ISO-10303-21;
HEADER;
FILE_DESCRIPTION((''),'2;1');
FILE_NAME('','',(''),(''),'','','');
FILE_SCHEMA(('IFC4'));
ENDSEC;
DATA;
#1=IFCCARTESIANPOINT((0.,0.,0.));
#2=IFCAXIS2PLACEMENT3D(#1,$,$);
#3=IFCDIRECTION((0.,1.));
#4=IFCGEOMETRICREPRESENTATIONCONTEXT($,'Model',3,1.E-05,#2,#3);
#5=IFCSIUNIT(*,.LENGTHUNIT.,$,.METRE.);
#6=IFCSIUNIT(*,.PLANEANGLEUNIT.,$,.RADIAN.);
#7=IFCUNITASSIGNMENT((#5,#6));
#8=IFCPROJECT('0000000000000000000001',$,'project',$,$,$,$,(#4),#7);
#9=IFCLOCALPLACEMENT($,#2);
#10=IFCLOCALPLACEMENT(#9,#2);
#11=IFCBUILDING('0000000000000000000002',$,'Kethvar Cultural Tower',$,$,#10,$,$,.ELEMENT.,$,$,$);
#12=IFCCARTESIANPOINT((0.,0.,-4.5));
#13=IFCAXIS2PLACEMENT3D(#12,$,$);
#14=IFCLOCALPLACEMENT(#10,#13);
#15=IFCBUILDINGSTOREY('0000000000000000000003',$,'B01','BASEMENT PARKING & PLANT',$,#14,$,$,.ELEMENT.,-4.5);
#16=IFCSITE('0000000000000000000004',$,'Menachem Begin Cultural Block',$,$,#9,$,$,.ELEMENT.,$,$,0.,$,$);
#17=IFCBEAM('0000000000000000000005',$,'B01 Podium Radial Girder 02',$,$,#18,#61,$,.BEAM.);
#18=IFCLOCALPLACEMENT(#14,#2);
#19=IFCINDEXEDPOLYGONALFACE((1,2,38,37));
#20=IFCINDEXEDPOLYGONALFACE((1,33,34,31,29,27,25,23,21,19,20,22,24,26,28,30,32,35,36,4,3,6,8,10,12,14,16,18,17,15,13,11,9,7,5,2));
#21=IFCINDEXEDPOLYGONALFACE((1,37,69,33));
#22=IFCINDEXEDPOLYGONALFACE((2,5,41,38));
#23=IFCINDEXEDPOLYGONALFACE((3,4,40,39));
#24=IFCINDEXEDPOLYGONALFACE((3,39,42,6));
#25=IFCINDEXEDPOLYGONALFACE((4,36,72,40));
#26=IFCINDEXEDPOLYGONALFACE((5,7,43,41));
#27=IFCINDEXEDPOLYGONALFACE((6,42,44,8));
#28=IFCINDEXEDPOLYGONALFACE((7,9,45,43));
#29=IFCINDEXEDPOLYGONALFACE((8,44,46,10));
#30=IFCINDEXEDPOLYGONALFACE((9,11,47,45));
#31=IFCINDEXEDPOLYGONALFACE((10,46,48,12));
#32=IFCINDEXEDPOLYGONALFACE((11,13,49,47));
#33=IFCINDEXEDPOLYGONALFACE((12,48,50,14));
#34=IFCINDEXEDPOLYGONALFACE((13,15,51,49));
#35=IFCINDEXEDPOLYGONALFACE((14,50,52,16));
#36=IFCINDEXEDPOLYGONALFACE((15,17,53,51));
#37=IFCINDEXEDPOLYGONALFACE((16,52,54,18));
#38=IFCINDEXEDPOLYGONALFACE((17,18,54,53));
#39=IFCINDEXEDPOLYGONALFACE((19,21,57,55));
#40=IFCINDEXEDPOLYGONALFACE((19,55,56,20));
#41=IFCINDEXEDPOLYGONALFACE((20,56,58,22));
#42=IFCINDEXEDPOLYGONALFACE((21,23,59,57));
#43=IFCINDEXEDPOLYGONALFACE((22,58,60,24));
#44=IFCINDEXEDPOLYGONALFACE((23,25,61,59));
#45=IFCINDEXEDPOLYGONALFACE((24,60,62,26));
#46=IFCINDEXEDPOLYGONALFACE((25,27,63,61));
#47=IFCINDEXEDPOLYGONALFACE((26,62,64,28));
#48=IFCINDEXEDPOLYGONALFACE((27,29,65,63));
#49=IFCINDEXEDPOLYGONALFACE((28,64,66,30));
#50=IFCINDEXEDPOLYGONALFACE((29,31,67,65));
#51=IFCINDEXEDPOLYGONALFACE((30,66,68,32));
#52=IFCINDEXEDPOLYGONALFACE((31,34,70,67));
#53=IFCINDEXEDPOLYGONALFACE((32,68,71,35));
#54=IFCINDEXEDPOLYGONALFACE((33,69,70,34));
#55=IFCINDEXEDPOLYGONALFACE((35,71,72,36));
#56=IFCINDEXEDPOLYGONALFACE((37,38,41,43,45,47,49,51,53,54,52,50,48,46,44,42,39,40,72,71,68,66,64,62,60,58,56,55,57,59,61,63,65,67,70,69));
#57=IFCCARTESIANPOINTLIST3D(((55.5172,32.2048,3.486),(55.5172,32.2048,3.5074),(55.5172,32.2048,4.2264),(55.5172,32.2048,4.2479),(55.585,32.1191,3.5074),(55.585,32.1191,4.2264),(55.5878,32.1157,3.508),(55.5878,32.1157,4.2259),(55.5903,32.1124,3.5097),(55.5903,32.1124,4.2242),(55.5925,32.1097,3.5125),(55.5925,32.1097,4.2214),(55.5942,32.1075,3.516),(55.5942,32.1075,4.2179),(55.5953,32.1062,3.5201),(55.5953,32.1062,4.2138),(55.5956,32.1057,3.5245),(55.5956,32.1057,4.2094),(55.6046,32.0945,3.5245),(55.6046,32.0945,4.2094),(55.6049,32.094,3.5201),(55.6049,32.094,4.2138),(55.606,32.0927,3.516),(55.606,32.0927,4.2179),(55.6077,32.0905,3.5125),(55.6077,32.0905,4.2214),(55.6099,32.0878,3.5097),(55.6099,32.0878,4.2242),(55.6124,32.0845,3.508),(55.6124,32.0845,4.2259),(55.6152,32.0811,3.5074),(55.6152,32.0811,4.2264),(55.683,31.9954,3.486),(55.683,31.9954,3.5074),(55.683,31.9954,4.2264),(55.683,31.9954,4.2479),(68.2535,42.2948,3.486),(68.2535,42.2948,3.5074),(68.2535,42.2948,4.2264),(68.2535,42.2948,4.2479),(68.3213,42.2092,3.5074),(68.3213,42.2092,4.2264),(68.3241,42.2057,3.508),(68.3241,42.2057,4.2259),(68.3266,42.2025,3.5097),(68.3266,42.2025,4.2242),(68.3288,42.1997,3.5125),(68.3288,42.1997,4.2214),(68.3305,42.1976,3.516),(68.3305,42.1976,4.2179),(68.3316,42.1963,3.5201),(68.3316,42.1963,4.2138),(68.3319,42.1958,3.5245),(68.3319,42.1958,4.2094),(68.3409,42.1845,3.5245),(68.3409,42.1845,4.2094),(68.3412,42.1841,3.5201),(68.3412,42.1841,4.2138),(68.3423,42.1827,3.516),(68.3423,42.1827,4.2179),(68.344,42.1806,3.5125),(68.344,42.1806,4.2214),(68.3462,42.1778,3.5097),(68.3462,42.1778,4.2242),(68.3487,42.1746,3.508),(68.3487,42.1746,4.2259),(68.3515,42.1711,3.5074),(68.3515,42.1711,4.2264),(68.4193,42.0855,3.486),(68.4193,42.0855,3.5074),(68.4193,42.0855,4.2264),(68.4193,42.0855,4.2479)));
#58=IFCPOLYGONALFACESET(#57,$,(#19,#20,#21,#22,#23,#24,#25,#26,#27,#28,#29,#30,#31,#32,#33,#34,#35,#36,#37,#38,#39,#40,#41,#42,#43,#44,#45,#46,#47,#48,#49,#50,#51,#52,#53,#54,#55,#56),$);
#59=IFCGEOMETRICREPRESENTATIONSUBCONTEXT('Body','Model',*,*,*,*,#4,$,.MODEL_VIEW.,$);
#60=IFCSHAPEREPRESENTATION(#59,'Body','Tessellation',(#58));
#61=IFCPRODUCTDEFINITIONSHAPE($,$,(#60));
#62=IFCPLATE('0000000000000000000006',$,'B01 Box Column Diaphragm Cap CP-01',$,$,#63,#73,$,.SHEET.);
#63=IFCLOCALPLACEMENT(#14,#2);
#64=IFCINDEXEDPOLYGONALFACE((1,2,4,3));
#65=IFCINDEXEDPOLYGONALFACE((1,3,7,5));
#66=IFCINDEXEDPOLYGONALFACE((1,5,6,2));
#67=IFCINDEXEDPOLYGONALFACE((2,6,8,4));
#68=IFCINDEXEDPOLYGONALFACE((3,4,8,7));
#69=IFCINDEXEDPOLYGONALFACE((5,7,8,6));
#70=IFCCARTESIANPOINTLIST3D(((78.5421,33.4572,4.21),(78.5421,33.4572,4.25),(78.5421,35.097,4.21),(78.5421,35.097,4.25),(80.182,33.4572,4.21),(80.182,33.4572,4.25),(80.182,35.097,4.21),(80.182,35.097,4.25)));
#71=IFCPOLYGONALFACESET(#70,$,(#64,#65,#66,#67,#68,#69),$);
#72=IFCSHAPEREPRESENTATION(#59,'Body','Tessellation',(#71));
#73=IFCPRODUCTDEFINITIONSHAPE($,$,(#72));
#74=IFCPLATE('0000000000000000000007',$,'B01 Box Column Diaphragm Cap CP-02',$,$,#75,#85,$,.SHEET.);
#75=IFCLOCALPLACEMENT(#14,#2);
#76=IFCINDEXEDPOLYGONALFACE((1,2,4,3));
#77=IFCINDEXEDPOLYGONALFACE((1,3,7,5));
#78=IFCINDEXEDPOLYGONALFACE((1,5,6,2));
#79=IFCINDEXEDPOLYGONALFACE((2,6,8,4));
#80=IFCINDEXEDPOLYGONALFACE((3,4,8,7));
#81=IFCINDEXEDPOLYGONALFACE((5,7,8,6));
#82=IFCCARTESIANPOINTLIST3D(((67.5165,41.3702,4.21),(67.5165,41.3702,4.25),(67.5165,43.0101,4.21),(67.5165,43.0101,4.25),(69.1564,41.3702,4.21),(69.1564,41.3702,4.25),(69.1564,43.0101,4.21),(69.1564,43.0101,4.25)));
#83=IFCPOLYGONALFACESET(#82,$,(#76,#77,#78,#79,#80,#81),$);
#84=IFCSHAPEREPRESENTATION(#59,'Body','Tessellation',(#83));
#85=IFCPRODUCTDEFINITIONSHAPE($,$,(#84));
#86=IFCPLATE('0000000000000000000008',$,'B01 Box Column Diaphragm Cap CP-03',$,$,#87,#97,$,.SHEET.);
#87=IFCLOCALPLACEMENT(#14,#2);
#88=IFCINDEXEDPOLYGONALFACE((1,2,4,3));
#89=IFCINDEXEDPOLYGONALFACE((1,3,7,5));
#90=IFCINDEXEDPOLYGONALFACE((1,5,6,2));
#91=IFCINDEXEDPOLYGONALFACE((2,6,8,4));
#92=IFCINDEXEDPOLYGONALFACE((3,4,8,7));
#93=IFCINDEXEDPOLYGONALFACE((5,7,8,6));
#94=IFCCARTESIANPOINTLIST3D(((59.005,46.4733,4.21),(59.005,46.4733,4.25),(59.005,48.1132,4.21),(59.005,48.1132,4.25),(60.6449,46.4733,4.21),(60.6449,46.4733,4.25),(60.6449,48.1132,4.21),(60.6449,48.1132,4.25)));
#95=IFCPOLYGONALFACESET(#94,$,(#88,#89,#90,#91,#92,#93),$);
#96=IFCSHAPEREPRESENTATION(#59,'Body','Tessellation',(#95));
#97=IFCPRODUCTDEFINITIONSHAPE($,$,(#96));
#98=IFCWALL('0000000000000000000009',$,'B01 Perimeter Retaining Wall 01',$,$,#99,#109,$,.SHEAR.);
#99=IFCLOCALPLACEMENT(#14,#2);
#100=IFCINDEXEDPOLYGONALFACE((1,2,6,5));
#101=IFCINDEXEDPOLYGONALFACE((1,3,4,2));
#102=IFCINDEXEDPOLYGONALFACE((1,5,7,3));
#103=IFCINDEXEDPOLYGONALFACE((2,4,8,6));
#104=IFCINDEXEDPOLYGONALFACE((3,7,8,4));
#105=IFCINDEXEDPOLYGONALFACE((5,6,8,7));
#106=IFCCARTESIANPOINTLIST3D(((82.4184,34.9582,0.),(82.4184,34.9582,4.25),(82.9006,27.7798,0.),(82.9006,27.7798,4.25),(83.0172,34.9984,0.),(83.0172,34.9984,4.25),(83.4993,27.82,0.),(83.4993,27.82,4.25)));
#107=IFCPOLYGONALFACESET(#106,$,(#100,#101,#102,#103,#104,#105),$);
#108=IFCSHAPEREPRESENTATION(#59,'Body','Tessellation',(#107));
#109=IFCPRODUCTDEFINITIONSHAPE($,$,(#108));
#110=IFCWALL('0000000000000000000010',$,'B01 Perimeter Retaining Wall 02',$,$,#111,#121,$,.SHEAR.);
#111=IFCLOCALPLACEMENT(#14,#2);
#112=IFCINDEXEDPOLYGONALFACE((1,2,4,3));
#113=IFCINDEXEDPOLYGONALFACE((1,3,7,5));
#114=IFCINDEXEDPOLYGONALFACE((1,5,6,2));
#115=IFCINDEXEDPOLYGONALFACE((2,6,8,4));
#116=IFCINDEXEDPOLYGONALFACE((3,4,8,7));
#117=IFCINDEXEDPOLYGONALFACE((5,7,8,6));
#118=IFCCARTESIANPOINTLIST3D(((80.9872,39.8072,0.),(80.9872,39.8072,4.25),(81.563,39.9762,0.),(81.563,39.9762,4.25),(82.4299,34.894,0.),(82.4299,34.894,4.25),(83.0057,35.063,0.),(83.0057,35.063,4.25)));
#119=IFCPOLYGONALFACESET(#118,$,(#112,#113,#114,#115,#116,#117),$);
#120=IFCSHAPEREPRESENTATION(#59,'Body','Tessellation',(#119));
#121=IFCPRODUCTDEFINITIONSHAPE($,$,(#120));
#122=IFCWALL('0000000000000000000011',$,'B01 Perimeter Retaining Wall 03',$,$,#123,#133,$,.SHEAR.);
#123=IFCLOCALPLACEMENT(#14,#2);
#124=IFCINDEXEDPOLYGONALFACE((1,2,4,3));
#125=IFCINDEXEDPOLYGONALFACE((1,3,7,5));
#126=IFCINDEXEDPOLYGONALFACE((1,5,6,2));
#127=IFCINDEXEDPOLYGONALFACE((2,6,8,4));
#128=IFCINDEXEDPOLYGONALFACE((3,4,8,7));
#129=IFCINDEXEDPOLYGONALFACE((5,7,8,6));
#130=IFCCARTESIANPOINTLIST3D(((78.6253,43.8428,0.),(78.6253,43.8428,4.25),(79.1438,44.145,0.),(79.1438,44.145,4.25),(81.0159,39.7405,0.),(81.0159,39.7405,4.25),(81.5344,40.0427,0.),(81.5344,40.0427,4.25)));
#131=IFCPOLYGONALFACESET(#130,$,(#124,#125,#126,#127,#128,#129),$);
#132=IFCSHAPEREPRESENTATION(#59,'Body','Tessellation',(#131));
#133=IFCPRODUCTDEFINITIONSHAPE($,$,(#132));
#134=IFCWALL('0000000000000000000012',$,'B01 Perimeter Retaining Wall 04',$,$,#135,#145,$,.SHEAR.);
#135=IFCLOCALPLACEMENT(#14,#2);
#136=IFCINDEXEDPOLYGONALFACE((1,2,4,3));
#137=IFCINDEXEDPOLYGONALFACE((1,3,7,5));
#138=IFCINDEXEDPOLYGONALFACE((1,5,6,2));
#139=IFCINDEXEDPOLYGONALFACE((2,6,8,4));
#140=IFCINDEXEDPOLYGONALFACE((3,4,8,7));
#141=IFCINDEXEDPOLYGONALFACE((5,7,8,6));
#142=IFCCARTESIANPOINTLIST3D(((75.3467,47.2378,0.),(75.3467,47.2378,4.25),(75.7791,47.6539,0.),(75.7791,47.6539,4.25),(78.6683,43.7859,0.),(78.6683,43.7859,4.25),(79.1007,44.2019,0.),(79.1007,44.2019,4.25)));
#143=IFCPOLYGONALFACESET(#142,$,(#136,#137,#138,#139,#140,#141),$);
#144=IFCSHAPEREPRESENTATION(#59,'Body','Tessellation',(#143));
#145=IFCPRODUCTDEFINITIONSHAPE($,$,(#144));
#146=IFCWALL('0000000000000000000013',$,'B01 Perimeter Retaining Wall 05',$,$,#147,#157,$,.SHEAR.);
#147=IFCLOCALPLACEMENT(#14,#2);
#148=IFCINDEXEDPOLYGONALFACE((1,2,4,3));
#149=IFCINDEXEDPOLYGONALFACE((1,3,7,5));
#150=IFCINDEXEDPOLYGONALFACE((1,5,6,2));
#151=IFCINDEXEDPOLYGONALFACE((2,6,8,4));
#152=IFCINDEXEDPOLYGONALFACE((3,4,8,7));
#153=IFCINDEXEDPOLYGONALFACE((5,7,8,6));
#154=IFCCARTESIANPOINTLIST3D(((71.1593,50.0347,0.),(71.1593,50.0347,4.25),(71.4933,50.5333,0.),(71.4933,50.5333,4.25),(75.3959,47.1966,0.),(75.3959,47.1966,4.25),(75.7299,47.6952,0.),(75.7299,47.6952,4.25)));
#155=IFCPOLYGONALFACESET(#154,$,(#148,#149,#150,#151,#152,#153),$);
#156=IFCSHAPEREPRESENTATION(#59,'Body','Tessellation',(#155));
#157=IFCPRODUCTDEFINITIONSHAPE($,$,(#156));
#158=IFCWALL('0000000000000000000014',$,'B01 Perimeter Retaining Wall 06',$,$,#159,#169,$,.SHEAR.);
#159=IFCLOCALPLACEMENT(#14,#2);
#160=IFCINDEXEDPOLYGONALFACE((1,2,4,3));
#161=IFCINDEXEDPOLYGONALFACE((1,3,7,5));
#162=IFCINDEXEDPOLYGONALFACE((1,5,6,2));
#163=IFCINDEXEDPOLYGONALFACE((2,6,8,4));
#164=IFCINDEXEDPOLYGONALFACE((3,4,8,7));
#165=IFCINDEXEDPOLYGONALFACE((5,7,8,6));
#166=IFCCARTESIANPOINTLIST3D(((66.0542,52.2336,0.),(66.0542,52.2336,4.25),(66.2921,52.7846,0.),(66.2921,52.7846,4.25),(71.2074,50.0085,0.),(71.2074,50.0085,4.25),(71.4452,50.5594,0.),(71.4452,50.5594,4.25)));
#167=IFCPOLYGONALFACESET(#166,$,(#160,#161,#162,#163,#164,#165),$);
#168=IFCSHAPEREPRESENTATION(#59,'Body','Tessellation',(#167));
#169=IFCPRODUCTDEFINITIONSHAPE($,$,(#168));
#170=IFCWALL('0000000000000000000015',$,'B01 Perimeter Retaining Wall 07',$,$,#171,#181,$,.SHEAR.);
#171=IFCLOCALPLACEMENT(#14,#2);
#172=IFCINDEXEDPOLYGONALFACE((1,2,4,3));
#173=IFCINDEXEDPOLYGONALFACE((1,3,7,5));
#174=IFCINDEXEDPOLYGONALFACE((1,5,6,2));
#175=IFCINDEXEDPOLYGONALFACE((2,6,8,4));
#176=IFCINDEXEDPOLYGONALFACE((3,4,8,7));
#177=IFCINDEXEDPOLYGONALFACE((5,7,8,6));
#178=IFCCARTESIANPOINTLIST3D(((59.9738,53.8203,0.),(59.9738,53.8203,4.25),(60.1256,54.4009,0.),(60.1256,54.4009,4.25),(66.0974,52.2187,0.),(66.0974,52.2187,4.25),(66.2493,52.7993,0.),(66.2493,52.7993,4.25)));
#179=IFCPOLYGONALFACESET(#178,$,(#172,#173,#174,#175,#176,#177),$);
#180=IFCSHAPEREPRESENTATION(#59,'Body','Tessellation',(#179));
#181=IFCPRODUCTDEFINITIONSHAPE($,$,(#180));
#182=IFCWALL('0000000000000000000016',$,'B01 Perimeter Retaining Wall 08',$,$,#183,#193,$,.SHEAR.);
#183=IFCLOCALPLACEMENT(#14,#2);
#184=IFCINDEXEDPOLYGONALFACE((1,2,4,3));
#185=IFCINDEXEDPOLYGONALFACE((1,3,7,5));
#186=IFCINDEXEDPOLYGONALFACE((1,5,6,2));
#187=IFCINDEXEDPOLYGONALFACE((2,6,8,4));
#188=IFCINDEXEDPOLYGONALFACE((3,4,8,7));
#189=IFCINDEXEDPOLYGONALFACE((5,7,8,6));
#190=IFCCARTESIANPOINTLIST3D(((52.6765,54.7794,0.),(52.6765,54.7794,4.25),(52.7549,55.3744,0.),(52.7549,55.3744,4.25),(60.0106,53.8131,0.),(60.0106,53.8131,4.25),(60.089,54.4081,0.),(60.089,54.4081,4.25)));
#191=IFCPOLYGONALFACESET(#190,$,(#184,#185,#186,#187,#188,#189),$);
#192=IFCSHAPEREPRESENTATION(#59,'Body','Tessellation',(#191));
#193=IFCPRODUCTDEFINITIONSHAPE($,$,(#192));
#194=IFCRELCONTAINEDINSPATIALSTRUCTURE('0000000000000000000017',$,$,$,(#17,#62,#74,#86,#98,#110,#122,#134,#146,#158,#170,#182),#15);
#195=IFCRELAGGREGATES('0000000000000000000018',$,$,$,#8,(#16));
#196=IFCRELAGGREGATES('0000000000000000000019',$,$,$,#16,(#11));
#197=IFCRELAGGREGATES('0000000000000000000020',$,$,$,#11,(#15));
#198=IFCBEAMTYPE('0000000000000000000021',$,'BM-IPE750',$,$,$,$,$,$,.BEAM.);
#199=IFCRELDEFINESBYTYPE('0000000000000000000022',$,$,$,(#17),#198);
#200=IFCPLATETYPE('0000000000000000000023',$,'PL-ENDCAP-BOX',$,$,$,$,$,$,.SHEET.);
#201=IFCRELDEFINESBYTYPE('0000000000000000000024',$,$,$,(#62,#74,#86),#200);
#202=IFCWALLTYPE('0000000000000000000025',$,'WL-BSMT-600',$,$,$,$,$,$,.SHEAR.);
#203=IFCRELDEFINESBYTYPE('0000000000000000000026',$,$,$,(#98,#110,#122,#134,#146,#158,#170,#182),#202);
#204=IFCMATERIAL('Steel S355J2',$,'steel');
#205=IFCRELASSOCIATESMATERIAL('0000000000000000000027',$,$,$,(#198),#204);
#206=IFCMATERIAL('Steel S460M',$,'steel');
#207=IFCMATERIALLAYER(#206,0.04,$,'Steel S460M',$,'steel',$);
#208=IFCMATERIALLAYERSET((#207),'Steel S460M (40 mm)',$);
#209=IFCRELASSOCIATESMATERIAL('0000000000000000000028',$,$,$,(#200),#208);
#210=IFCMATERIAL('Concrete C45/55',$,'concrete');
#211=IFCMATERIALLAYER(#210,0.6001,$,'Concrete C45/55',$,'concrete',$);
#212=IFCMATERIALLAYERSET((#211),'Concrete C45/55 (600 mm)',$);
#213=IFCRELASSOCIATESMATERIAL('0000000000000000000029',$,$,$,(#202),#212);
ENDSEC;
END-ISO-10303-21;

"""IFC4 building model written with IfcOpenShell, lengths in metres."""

from ifc_helpers import new_model, si_unit, direction, frame, frame_2d, origin, origin_2d, place, context, subcontext, project, spatial, rectangle, i_section, extrude, source, transform, mapped, material, layer, layer_set, material_profile, profile_set, type_object, element, save


model = new_model("IFC4")

# Units and contexts
model_context = context("Model", 3, precision=1e-05, world=origin(), true_north=direction((0.0, 1.0)))
body_context = subcontext(model_context, "Body", "Model", "MODEL_VIEW")
ifc_project = project(units=[si_unit("LENGTHUNIT", "METRE"), si_unit("PLANEANGLEUNIT", "RADIAN")], contexts=[model_context])

# Site, building, storey
site_placement = place(None, origin())
site = spatial("IfcSite", under=ifc_project, at=site_placement, Name="Menachem Begin Cultural Block", CompositionType="ELEMENT", RefElevation=0.0)
building_placement = place(site_placement, origin())
building = spatial("IfcBuilding", under=site, at=building_placement, Name="Kethvar Cultural Tower", CompositionType="ELEMENT")
storey_placement = place(building_placement, frame((0.0, 0.0, -4.5)))
storey = spatial("IfcBuildingStorey", under=building, at=storey_placement, Name="B01", Description="BASEMENT PARKING & PLANT", CompositionType="ELEMENT", Elevation=-4.5)

# Shared definitions
ifc_material_1 = material(Name="Steel S460M", Category="steel")

# Beam
ifc_material_2 = material(Name="Steel S355J2", Category="steel")
ifc_material_profile_1 = material_profile(ifc_material_2, i_section(OverallWidth=0.2671, OverallDepth=0.762, WebThickness=0.0144, FlangeThickness=0.0215, FilletRadius=0.0171, at=origin_2d()), Name="Steel S355J2 — IPE750x173")
ifc_profile_set_1 = profile_set([ifc_material_profile_1], Name="Steel S355J2 — IPE750x173")
beam_type_1 = type_object("IfcBeamType", Name="BM-IPE750", PredefinedType="BEAM", material=ifc_profile_set_1)
shared_shape_1 = source(origin(), body_context, "Body", "SweptSolid", [
    extrude(i_section(OverallWidth=0.2671, OverallDepth=0.762, WebThickness=0.0144, FlangeThickness=0.0215, FilletRadius=0.0171, at=origin_2d()), origin(), (0.0, 0.0, 1.0), 16.2488),
])
beam_1_placement = place(storey_placement, frame((55.6001, 32.1001, 3.8669), z_axis=(0.783831, 0.620974, 0.0), x_axis=(-0.620974, 0.783831, 0.0)))
element("IfcBeam", 1, at=beam_1_placement, inside=storey, type_object=beam_type_1, Name="B01 Podium Radial Girder 02", PredefinedType="BEAM", context=body_context, shape_type="MappedRepresentation", body=[
    mapped(shared_shape_1, transform((0.0, 0.0, 0.0), scale=1.0)),
])

# Plates
ifc_layer_1 = layer(ifc_material_1, 0.04, Name="Steel S460M", Category="steel")
ifc_layer_set_1 = layer_set([ifc_layer_1], Name="Steel S460M (40 mm)")
plate_type = type_object("IfcPlateType", Name="PL-ENDCAP-BOX", PredefinedType="SHEET", material=ifc_layer_set_1)
shared_shape_2 = source(origin(), body_context, "Body", "SweptSolid", [
    extrude(rectangle(XDim=1.6399, YDim=1.6399, at=origin_2d()), origin(), (0.0, 0.0, 1.0), 0.04),
])
for number, where, z_axis, x_axis, name in (
    (2, (79.3621, 34.2771, 4.21), (0.0, 0.0, 1.0), (1.0, 0.0, 0.0), "B01 Box Column Diaphragm Cap CP-01"),
    (3, (68.3364, 42.1902, 4.21), (0.0, 0.0, 1.0), (1.0, 0.0, 0.0), "B01 Box Column Diaphragm Cap CP-02"),
    (4, (59.825, 47.2932, 4.21), (0.0, 0.0, 1.0), (1.0, 0.0, 0.0), "B01 Box Column Diaphragm Cap CP-03"),
):
    element("IfcPlate", number, at=place(storey_placement, frame(where, z_axis=z_axis, x_axis=x_axis)), inside=storey, type_object=plate_type, Name=name, PredefinedType="SHEET", context=body_context, shape_type="MappedRepresentation", body=[
        mapped(shared_shape_2, transform((0.0, 0.0, 0.0), scale=1.0)),
    ])

# Walls
ifc_material_3 = material(Name="Concrete C45/55", Category="concrete")
ifc_layer_2 = layer(ifc_material_3, 0.6001, Name="Concrete C45/55", Category="concrete")
ifc_layer_set_2 = layer_set([ifc_layer_2], Name="Concrete C45/55 (600 mm)")
wall_type_1 = type_object("IfcWallType", Name="WL-BSMT-600", PredefinedType="SHEAR", material=ifc_layer_set_2)
wall_1_placement = place(storey_placement, frame((83.2, 27.8, 0.0), z_axis=(0.0, 0.0, 1.0), x_axis=(-0.067019, 0.997752, 0.0)))
element("IfcWall", 5, at=wall_1_placement, inside=storey, type_object=wall_type_1, Name="B01 Perimeter Retaining Wall 01", PredefinedType="SHEAR", context=body_context, shape_type="SweptSolid", body=[
    extrude(rectangle(XDim=7.1946, YDim=0.6001, at=frame_2d((3.5972, 0.0))), origin(), (0.0, 0.0, 1.0), 4.25),
])
wall_2_placement = place(storey_placement, frame((82.7178, 34.9785, 0.0), z_axis=(0.0, 0.0, 1.0), x_axis=(-0.281735, 0.959492, 0.0)))
element("IfcWall", 6, at=wall_2_placement, inside=storey, type_object=wall_type_1, Name="B01 Perimeter Retaining Wall 02", PredefinedType="SHEAR", context=body_context, shape_type="SweptSolid", body=[
    extrude(rectangle(XDim=5.1206, YDim=0.6001, at=frame_2d((2.5603, 0.0))), origin(), (0.0, 0.0, 1.0), 4.25),
])
wall_3_placement = place(storey_placement, frame((81.2751, 39.8916, 0.0), z_axis=(0.0, 0.0, 1.0), x_axis=(-0.503497, 0.863997, 0.0)))
element("IfcWall", 7, at=wall_3_placement, inside=storey, type_object=wall_type_1, Name="B01 Perimeter Retaining Wall 03", PredefinedType="SHEAR", context=body_context, shape_type="SweptSolid", body=[
    extrude(rectangle(XDim=4.748, YDim=0.6001, at=frame_2d((2.374, 0.0))), origin(), (0.0, 0.0, 1.0), 4.25),
])
wall_4_placement = place(storey_placement, frame((78.8845, 43.9939, 0.0), z_axis=(0.0, 0.0, 1.0), x_axis=(-0.693368, 0.720583, 0.0)))
element("IfcWall", 8, at=wall_4_placement, inside=storey, type_object=wall_type_1, Name="B01 Perimeter Retaining Wall 04", PredefinedType="SHEAR", context=body_context, shape_type="SweptSolid", body=[
    extrude(rectangle(XDim=4.7905, YDim=0.6001, at=frame_2d((2.3953, 0.0))), origin(), (0.0, 0.0, 1.0), 4.25),
])
wall_5_placement = place(storey_placement, frame((75.563, 47.4458, 0.0), z_axis=(0.0, 0.0, 1.0), x_axis=(-0.830803, 0.556566, 0.0)))
element("IfcWall", 9, at=wall_5_placement, inside=storey, type_object=wall_type_1, Name="B01 Perimeter Retaining Wall 05", PredefinedType="SHEAR", context=body_context, shape_type="SweptSolid", body=[
    extrude(rectangle(XDim=5.0994, YDim=0.6001, at=frame_2d((2.5498, 0.0))), origin(), (0.0, 0.0, 1.0), 4.25),
])
wall_6_placement = place(storey_placement, frame((71.3264, 50.2839, 0.0), z_axis=(0.0, 0.0, 1.0), x_axis=(-0.918068, 0.396422, 0.0)))
element("IfcWall", 10, at=wall_6_placement, inside=storey, type_object=wall_type_1, Name="B01 Perimeter Retaining Wall 06", PredefinedType="SHEAR", context=body_context, shape_type="SweptSolid", body=[
    extrude(rectangle(XDim=5.613, YDim=0.6001, at=frame_2d((2.8066, 0.0))), origin(), (0.0, 0.0, 1.0), 4.25),
])
wall_7_placement = place(storey_placement, frame((66.1733, 52.509, 0.0), z_axis=(0.0, 0.0, 1.0), x_axis=(-0.967458, 0.253031, 0.0)))
element("IfcWall", 11, at=wall_7_placement, inside=storey, type_object=wall_type_1, Name="B01 Perimeter Retaining Wall 07", PredefinedType="SHEAR", context=body_context, shape_type="SweptSolid", body=[
    extrude(rectangle(XDim=6.3296, YDim=0.6001, at=frame_2d((3.1648, 0.0))), origin(), (0.0, 0.0, 1.0), 4.25),
])
wall_8_placement = place(storey_placement, frame((60.0498, 54.1106, 0.0), z_axis=(0.0, 0.0, 1.0), x_axis=(-0.991431, 0.130629, 0.0)))
element("IfcWall", 12, at=wall_8_placement, inside=storey, type_object=wall_type_1, Name="B01 Perimeter Retaining Wall 08", PredefinedType="SHEAR", context=body_context, shape_type="SweptSolid", body=[
    extrude(rectangle(XDim=7.3975, YDim=0.6001, at=frame_2d((3.6987, 0.0))), origin(), (0.0, 0.0, 1.0), 4.25),
])

save(model, "model.ifc")
